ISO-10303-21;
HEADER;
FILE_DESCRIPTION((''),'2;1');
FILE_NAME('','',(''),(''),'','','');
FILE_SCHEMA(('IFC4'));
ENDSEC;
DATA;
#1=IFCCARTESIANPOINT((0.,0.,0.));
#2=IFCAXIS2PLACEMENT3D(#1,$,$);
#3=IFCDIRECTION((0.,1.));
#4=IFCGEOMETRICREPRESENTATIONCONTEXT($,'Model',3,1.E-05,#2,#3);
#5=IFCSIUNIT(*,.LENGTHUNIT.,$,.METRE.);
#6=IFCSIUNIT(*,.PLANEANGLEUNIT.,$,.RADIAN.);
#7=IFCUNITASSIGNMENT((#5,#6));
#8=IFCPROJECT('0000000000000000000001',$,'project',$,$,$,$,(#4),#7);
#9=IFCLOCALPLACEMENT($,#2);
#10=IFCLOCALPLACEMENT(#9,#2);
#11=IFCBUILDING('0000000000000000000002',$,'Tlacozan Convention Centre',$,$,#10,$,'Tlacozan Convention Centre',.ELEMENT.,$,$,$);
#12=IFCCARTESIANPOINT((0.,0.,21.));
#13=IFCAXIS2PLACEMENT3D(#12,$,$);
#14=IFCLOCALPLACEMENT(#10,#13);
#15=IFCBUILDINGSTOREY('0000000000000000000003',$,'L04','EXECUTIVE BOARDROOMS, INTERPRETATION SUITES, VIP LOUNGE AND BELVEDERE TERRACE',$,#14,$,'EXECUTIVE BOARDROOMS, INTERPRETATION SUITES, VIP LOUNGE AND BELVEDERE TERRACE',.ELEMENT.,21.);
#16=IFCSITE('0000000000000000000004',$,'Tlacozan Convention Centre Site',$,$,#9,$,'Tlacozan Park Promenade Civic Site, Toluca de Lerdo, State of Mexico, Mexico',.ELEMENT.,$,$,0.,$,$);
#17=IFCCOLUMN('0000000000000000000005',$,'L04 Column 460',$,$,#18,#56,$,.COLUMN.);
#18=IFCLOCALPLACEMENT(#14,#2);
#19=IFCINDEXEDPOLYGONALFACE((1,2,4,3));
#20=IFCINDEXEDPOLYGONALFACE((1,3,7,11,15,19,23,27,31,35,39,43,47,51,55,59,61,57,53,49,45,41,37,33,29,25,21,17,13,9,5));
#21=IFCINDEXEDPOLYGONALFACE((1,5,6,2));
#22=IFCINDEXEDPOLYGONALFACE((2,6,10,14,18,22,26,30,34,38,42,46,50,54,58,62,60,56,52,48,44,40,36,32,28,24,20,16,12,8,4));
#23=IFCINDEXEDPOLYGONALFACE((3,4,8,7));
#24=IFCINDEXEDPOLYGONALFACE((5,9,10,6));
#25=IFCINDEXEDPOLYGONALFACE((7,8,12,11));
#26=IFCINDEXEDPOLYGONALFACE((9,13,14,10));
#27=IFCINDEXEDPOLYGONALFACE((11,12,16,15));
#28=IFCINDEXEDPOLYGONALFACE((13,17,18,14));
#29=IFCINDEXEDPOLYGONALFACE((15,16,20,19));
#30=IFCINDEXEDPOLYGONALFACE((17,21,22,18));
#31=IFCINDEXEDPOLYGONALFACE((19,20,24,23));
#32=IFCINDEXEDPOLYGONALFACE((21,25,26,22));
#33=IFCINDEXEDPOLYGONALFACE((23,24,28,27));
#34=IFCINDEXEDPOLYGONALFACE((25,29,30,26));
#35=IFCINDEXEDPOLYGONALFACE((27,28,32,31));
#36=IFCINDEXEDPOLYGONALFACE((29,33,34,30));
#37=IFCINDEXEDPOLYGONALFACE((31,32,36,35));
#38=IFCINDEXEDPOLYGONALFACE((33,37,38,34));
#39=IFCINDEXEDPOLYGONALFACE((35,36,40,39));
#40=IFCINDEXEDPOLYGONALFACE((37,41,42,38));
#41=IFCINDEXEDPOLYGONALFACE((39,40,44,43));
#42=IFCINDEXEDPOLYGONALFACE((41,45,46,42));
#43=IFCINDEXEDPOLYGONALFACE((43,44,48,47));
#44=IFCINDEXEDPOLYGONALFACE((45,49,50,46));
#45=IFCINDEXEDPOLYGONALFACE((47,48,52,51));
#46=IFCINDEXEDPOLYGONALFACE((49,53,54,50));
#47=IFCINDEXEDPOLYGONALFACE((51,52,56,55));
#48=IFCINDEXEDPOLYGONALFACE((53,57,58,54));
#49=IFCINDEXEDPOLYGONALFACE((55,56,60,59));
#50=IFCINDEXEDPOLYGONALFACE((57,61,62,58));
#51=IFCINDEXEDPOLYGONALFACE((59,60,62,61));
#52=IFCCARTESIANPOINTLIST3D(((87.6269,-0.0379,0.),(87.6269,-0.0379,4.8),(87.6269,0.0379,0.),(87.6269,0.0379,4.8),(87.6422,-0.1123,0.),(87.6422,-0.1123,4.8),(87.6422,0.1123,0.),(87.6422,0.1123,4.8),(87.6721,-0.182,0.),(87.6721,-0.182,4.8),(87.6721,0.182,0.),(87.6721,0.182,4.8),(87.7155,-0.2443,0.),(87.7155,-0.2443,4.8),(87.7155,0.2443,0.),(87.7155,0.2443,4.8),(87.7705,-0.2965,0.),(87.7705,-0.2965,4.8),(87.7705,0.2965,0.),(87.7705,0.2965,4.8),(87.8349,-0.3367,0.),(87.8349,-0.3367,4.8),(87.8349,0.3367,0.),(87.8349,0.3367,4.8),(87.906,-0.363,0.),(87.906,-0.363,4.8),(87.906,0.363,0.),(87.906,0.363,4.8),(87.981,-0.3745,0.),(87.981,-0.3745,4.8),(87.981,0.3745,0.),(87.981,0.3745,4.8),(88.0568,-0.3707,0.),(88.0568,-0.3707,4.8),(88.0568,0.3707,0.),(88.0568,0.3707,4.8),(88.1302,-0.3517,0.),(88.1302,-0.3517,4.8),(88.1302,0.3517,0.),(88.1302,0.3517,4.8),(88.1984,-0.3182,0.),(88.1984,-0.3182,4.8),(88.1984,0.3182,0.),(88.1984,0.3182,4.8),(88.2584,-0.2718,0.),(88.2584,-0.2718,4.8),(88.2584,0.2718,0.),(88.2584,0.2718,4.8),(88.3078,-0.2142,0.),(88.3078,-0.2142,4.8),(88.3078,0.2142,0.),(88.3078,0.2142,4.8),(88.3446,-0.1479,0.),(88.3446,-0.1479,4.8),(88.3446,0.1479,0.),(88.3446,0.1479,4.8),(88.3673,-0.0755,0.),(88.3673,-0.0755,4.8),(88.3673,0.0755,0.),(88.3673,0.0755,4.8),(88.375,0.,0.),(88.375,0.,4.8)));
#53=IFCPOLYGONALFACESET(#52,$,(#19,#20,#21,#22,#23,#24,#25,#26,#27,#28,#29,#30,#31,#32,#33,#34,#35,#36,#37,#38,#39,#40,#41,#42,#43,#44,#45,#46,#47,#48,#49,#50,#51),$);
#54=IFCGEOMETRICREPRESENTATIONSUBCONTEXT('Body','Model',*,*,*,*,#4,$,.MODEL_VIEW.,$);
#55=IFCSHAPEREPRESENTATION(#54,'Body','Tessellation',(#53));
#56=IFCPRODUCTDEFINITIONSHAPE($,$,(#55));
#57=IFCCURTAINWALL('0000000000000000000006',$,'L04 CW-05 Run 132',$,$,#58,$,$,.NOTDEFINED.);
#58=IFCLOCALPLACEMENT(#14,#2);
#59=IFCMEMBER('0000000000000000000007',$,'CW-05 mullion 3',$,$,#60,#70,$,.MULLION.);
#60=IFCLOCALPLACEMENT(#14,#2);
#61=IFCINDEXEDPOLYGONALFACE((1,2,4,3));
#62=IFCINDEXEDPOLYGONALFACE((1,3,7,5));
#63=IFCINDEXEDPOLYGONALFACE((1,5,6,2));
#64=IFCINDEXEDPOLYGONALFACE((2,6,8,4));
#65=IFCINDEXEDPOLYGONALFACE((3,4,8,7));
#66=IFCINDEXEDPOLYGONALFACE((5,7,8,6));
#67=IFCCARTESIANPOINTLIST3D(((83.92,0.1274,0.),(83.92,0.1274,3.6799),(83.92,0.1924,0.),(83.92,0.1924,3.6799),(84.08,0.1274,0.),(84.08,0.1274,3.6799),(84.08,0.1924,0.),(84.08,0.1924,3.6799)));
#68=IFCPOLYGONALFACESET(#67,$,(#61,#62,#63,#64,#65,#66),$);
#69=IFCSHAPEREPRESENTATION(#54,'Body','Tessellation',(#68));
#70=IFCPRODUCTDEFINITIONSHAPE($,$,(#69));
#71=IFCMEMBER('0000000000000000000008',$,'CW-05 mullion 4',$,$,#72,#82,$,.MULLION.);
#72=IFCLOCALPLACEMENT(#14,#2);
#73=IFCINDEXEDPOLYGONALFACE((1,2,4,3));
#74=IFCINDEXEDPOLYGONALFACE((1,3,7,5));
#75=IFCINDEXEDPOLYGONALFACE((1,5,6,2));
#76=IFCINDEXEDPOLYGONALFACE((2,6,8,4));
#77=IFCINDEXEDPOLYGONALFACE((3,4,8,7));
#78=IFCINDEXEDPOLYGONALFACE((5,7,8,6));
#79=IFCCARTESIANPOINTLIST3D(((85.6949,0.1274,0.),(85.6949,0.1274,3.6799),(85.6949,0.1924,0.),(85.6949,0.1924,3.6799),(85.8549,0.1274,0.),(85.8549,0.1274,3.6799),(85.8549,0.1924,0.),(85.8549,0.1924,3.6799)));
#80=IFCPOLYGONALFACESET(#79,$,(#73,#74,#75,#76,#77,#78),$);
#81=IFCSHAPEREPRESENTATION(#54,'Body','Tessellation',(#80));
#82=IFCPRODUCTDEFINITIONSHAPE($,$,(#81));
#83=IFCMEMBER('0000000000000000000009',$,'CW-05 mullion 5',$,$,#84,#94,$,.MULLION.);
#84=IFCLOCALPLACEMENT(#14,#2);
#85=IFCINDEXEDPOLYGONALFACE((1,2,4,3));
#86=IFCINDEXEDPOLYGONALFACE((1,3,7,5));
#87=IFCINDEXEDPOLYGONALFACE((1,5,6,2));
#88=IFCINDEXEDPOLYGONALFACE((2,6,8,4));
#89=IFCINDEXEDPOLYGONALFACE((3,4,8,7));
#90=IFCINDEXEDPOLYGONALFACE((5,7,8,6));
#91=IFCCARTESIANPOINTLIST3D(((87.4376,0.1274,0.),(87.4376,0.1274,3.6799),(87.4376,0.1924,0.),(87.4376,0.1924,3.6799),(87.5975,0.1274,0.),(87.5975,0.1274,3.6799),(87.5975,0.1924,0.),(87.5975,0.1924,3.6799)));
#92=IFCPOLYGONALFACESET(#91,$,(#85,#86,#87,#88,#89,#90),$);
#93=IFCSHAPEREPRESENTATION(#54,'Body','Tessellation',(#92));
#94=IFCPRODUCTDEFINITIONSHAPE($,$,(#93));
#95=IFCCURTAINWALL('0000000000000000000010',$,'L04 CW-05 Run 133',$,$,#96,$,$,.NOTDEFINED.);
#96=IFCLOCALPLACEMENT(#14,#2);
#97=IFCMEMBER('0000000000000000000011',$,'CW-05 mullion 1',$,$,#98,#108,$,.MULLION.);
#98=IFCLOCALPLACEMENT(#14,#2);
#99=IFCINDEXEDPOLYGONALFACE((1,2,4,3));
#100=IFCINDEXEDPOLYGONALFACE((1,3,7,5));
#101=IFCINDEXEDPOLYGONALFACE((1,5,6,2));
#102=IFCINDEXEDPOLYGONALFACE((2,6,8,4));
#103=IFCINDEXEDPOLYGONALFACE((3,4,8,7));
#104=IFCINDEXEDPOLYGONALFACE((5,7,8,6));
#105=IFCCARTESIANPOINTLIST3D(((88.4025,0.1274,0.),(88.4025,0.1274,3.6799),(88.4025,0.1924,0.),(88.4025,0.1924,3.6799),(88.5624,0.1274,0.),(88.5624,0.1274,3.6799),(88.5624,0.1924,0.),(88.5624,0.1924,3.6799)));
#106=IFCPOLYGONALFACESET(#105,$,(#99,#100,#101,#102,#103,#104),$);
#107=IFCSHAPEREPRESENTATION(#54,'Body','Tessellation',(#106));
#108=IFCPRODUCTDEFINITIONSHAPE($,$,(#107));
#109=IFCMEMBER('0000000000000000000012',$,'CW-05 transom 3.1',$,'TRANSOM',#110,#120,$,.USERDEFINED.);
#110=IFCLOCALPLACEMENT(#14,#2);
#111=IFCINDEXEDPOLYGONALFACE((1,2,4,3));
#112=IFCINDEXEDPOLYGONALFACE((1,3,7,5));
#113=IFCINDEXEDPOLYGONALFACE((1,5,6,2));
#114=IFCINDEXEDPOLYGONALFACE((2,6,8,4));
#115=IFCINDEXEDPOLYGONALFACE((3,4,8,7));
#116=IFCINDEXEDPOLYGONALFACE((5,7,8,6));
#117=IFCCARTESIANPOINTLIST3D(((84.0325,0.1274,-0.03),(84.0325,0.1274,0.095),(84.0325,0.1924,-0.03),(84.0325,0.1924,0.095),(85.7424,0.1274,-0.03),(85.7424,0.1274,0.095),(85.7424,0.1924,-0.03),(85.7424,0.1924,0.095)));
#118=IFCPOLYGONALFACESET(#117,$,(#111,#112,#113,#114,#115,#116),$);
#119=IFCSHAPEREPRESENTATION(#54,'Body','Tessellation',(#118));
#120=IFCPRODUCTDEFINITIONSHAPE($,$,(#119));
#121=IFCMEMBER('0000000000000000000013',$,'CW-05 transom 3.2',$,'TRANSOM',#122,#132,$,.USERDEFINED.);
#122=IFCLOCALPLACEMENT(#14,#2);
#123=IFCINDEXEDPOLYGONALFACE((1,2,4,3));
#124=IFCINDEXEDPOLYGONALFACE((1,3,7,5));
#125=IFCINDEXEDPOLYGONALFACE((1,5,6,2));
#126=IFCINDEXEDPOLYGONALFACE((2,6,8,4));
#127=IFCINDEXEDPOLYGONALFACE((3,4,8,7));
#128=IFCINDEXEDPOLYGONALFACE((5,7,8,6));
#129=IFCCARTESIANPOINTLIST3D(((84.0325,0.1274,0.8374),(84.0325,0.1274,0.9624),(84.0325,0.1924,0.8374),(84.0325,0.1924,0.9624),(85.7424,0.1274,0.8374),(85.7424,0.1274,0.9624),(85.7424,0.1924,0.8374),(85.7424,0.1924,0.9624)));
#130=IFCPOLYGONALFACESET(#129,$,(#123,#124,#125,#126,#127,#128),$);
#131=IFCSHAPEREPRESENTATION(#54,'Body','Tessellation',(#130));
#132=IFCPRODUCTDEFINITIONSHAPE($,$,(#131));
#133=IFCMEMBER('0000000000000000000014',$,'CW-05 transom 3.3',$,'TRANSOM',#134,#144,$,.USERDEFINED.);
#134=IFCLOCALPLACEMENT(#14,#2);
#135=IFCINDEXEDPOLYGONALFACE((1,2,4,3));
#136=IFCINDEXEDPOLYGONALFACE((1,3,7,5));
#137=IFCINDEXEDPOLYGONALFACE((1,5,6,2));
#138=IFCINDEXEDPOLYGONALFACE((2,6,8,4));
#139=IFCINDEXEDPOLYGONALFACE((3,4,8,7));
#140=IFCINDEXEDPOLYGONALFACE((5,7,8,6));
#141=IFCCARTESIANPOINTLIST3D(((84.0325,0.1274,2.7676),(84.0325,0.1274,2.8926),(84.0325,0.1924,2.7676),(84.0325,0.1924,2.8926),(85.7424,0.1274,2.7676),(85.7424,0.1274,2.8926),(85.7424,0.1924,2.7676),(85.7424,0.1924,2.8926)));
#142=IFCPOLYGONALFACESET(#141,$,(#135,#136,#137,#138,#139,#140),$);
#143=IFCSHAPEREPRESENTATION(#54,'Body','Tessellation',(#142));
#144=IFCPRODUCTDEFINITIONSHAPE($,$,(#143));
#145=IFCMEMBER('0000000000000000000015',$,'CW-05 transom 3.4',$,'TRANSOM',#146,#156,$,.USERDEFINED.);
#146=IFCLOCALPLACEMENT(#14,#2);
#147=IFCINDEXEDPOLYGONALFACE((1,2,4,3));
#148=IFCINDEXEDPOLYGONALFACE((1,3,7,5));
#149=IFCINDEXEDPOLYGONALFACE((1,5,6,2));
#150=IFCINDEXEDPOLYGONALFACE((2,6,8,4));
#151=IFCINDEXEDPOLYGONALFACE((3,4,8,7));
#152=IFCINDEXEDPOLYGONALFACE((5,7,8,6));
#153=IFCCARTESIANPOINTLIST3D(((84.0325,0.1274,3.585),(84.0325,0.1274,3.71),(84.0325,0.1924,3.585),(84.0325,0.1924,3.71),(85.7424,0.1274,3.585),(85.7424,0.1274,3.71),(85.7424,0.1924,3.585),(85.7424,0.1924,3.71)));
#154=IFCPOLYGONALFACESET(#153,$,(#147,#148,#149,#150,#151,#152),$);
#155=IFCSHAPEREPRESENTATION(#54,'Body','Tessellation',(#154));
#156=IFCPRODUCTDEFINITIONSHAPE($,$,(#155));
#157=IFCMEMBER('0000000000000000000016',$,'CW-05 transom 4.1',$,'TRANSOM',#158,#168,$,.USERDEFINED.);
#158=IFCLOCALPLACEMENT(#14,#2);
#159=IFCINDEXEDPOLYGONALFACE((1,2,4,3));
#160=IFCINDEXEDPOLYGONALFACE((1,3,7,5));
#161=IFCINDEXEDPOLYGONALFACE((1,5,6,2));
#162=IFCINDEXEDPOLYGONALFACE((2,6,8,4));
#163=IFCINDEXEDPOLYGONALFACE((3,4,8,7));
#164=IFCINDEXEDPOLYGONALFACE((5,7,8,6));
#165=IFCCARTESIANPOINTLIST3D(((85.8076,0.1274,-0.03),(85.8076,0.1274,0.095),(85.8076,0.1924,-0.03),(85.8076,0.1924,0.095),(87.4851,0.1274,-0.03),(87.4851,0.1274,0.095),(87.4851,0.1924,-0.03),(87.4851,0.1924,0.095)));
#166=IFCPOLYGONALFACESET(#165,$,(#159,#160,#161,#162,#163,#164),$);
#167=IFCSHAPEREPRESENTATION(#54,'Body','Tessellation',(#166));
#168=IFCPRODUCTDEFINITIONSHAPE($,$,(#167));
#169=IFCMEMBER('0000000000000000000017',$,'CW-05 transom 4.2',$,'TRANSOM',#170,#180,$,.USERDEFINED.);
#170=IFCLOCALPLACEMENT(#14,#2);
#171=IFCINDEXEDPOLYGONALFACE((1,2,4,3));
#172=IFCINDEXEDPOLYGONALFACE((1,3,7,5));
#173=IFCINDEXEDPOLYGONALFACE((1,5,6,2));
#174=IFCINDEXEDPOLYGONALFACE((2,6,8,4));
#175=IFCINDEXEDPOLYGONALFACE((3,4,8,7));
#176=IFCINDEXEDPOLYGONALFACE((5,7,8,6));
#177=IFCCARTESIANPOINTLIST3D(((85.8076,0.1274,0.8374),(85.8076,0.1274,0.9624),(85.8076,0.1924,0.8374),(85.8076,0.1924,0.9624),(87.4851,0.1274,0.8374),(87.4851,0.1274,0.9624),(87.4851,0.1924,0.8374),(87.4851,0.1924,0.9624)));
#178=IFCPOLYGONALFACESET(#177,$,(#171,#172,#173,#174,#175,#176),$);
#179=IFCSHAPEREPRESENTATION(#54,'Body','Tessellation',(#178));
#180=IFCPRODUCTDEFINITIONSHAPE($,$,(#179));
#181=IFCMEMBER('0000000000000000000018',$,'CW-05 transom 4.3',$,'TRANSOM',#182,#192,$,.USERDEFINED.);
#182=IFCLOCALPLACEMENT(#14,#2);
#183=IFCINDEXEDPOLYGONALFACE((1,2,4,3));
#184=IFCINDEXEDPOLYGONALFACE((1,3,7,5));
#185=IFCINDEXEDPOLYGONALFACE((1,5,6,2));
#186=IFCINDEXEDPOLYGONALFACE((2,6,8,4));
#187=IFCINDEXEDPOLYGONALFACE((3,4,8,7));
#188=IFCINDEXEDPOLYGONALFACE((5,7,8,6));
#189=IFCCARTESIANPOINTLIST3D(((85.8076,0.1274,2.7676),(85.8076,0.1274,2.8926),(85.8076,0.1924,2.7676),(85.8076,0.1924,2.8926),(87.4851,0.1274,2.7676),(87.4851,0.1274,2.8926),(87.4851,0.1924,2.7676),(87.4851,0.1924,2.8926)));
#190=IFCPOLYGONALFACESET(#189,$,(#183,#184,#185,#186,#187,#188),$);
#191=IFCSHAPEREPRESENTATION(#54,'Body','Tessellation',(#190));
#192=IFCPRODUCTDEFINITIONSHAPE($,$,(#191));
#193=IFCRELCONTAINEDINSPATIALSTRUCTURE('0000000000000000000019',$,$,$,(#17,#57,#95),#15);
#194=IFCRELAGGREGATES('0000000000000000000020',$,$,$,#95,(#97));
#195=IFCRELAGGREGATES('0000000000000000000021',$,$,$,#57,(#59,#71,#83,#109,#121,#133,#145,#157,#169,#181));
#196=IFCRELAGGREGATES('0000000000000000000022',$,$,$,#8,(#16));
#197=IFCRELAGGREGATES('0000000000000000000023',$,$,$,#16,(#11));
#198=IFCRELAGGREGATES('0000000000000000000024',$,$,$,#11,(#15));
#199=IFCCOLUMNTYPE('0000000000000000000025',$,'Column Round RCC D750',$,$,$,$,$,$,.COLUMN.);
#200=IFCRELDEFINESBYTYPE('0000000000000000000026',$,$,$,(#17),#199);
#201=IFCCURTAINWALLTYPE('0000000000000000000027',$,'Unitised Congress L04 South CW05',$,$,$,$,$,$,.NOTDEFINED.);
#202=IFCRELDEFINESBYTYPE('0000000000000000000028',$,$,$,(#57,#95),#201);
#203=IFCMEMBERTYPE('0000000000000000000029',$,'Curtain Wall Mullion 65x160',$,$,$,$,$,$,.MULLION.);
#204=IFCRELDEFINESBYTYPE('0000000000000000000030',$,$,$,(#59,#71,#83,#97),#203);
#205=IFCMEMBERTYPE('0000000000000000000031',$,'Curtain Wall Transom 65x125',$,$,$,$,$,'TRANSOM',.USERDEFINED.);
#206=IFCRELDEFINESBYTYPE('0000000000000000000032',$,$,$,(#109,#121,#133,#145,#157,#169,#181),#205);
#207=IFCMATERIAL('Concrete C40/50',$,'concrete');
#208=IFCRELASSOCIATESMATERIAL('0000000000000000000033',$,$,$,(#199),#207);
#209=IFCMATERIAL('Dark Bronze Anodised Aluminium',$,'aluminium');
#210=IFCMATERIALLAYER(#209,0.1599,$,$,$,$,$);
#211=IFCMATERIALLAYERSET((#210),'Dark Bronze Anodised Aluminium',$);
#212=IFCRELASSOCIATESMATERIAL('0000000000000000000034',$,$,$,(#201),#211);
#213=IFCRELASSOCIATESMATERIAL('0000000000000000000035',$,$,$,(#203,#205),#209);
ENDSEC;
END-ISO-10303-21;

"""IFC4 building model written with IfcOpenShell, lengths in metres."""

from ifc_helpers import new_model, si_unit, direction, frame, origin, origin_2d, place, context, subcontext, project, spatial, rectangle, circle, extrude, material, layer, layer_set, material_profile, profile_set, type_object, element, aggregate, save


model = new_model("IFC4")

# Units and contexts
model_context = context("Model", 3, precision=1e-05, world=origin(), true_north=direction((0.0, 1.0)))
body_context = subcontext(model_context, "Body", "Model", "MODEL_VIEW")
ifc_project = project(units=[si_unit("LENGTHUNIT", "METRE"), si_unit("PLANEANGLEUNIT", "RADIAN")], contexts=[model_context])

# Site, building, storey
site_placement = place(None, origin())
site = spatial("IfcSite", under=ifc_project, at=site_placement, Name="Tlacozan Convention Centre Site", LongName="Tlacozan Park Promenade Civic Site, Toluca de Lerdo, State of Mexico, Mexico", CompositionType="ELEMENT", RefElevation=0.0)
building_placement = place(site_placement, origin())
building = spatial("IfcBuilding", under=site, at=building_placement, Name="Tlacozan Convention Centre", LongName="Tlacozan Convention Centre", CompositionType="ELEMENT")
storey_placement = place(building_placement, frame((0.0, 0.0, 21.0)))
storey = spatial("IfcBuildingStorey", under=building, at=storey_placement, Name="L04", Description="EXECUTIVE BOARDROOMS, INTERPRETATION SUITES, VIP LOUNGE AND BELVEDERE TERRACE", LongName="EXECUTIVE BOARDROOMS, INTERPRETATION SUITES, VIP LOUNGE AND BELVEDERE TERRACE", CompositionType="ELEMENT", Elevation=21.0)

# Column
ifc_material_1 = material(Name="Concrete C40/50", Category="concrete")
ifc_material_profile_1 = material_profile(ifc_material_1, circle(Radius=0.375, at=origin_2d()), Name="RCC D750")
ifc_profile_set_1 = profile_set([ifc_material_profile_1], Name="Concrete C40/50")
column_type = type_object("IfcColumnType", Name="Column Round RCC D750", PredefinedType="COLUMN", material=ifc_profile_set_1)
column_placement = place(storey_placement, frame((88.0, 0.0, 0.0), z_axis=(0.0, 0.0, 1.0), x_axis=(1.0, 0.0, 0.0)))
element("IfcColumn", 1, at=column_placement, inside=storey, type_object=column_type, Name="L04 Column 460", PredefinedType="COLUMN", context=body_context, shape_type="SweptSolid", body=[
    extrude(circle(Radius=0.375, at=origin_2d()), origin(), (0.0, 0.0, 1.0), 4.8),
])

# Curtain wall, members
ifc_material_2 = material(Name="Dark Bronze Anodised Aluminium", Category="aluminium")
ifc_layer_1 = layer(ifc_material_2, 0.1599)
ifc_layer_set_1 = layer_set([ifc_layer_1], Name="Dark Bronze Anodised Aluminium")
curtain_wall_type = type_object("IfcCurtainWallType", Name="Unitised Congress L04 South CW05", PredefinedType="NOTDEFINED", material=ifc_layer_set_1)
curtain_wall_1_placement = place(storey_placement, origin())
curtain_wall_1 = element("IfcCurtainWall", 2, at=curtain_wall_1_placement, inside=storey, type_object=curtain_wall_type, Name="L04 CW-05 Run 132", PredefinedType="NOTDEFINED")
ifc_material_profile_2 = material_profile(ifc_material_2, rectangle(XDim=0.0649, YDim=0.1599, at=origin_2d()), Name="ALU 65x160")
ifc_profile_set_2 = profile_set([ifc_material_profile_2], Name="Dark Bronze Anodised Aluminium")
member_type_1 = type_object("IfcMemberType", Name="Curtain Wall Mullion 65x160", PredefinedType="MULLION", material=ifc_profile_set_2)
member_1_placement = place(storey_placement, frame((84.0, 0.1599, 0.0), z_axis=(0.0, 0.0, 1.0), x_axis=(0.0, 1.0, 0.0)))
member_1 = element("IfcMember", 3, at=member_1_placement, type_object=member_type_1, Name="CW-05 mullion 3", PredefinedType="MULLION", context=body_context, shape_type="SweptSolid", body=[
    extrude(rectangle(XDim=0.0649, YDim=0.1599, at=origin_2d()), origin(), (0.0, 0.0, 1.0), 3.6799),
])
member_2_placement = place(storey_placement, frame((85.7749, 0.1599, 0.0), z_axis=(0.0, 0.0, 1.0), x_axis=(0.0, 1.0, 0.0)))
member_2 = element("IfcMember", 4, at=member_2_placement, type_object=member_type_1, Name="CW-05 mullion 4", PredefinedType="MULLION", context=body_context, shape_type="SweptSolid", body=[
    extrude(rectangle(XDim=0.0649, YDim=0.1599, at=origin_2d()), origin(), (0.0, 0.0, 1.0), 3.6799),
])
member_3_placement = place(storey_placement, frame((87.5176, 0.1599, 0.0), z_axis=(0.0, 0.0, 1.0), x_axis=(0.0, 1.0, 0.0)))
member_3 = element("IfcMember", 5, at=member_3_placement, type_object=member_type_1, Name="CW-05 mullion 5", PredefinedType="MULLION", context=body_context, shape_type="SweptSolid", body=[
    extrude(rectangle(XDim=0.0649, YDim=0.1599, at=origin_2d()), origin(), (0.0, 0.0, 1.0), 3.6799),
])

# Curtain wall, member
curtain_wall_2_placement = place(storey_placement, origin())
curtain_wall_2 = element("IfcCurtainWall", 6, at=curtain_wall_2_placement, inside=storey, type_object=curtain_wall_type, Name="L04 CW-05 Run 133", PredefinedType="NOTDEFINED")
member_4_placement = place(storey_placement, frame((88.4824, 0.1599, 0.0), z_axis=(0.0, 0.0, 1.0), x_axis=(0.0, 1.0, 0.0)))
member_4 = element("IfcMember", 7, at=member_4_placement, type_object=member_type_1, Name="CW-05 mullion 1", PredefinedType="MULLION", context=body_context, shape_type="SweptSolid", body=[
    extrude(rectangle(XDim=0.0649, YDim=0.1599, at=origin_2d()), origin(), (0.0, 0.0, 1.0), 3.6799),
])

# Members
ifc_material_profile_3 = material_profile(ifc_material_2, rectangle(XDim=0.0649, YDim=0.125, at=origin_2d()), Name="ALU 65x125")
ifc_profile_set_3 = profile_set([ifc_material_profile_3], Name="Dark Bronze Anodised Aluminium")
member_type_2 = type_object("IfcMemberType", Name="Curtain Wall Transom 65x125", ElementType="TRANSOM", PredefinedType="USERDEFINED", material=ifc_profile_set_3)
member_5_placement = place(storey_placement, frame((84.0325, 0.1599, 0.0325), z_axis=(1.0, 0.0, 0.0), x_axis=(0.0, 1.0, 0.0)))
member_5 = element("IfcMember", 8, at=member_5_placement, type_object=member_type_2, Name="CW-05 transom 3.1", ObjectType="TRANSOM", PredefinedType="USERDEFINED", context=body_context, shape_type="SweptSolid", body=[
    extrude(rectangle(XDim=0.0649, YDim=0.125, at=origin_2d()), origin(), (0.0, 0.0, 1.0), 1.71),
])
member_6_placement = place(storey_placement, frame((84.0325, 0.1599, 0.8999), z_axis=(1.0, 0.0, 0.0), x_axis=(0.0, 1.0, 0.0)))
member_6 = element("IfcMember", 9, at=member_6_placement, type_object=member_type_2, Name="CW-05 transom 3.2", ObjectType="TRANSOM", PredefinedType="USERDEFINED", context=body_context, shape_type="SweptSolid", body=[
    extrude(rectangle(XDim=0.0649, YDim=0.125, at=origin_2d()), origin(), (0.0, 0.0, 1.0), 1.71),
])
member_7_placement = place(storey_placement, frame((84.0325, 0.1599, 2.8301), z_axis=(1.0, 0.0, 0.0), x_axis=(0.0, 1.0, 0.0)))
member_7 = element("IfcMember", 10, at=member_7_placement, type_object=member_type_2, Name="CW-05 transom 3.3", ObjectType="TRANSOM", PredefinedType="USERDEFINED", context=body_context, shape_type="SweptSolid", body=[
    extrude(rectangle(XDim=0.0649, YDim=0.125, at=origin_2d()), origin(), (0.0, 0.0, 1.0), 1.71),
])
member_8_placement = place(storey_placement, frame((84.0325, 0.1599, 3.6475), z_axis=(1.0, 0.0, 0.0), x_axis=(0.0, 1.0, 0.0)))
member_8 = element("IfcMember", 11, at=member_8_placement, type_object=member_type_2, Name="CW-05 transom 3.4", ObjectType="TRANSOM", PredefinedType="USERDEFINED", context=body_context, shape_type="SweptSolid", body=[
    extrude(rectangle(XDim=0.0649, YDim=0.125, at=origin_2d()), origin(), (0.0, 0.0, 1.0), 1.71),
])
member_9_placement = place(storey_placement, frame((85.8076, 0.1599, 0.0325), z_axis=(1.0, 0.0, 0.0), x_axis=(0.0, 1.0, 0.0)))
member_9 = element("IfcMember", 12, at=member_9_placement, type_object=member_type_2, Name="CW-05 transom 4.1", ObjectType="TRANSOM", PredefinedType="USERDEFINED", context=body_context, shape_type="SweptSolid", body=[
    extrude(rectangle(XDim=0.0649, YDim=0.125, at=origin_2d()), origin(), (0.0, 0.0, 1.0), 1.6775),
])
member_10_placement = place(storey_placement, frame((85.8076, 0.1599, 0.8999), z_axis=(1.0, 0.0, 0.0), x_axis=(0.0, 1.0, 0.0)))
member_10 = element("IfcMember", 13, at=member_10_placement, type_object=member_type_2, Name="CW-05 transom 4.2", ObjectType="TRANSOM", PredefinedType="USERDEFINED", context=body_context, shape_type="SweptSolid", body=[
    extrude(rectangle(XDim=0.0649, YDim=0.125, at=origin_2d()), origin(), (0.0, 0.0, 1.0), 1.6775),
])
member_11_placement = place(storey_placement, frame((85.8076, 0.1599, 2.8301), z_axis=(1.0, 0.0, 0.0), x_axis=(0.0, 1.0, 0.0)))
member_11 = element("IfcMember", 14, at=member_11_placement, type_object=member_type_2, Name="CW-05 transom 4.3", ObjectType="TRANSOM", PredefinedType="USERDEFINED", context=body_context, shape_type="SweptSolid", body=[
    extrude(rectangle(XDim=0.0649, YDim=0.125, at=origin_2d()), origin(), (0.0, 0.0, 1.0), 1.6775),
])
aggregate(curtain_wall_2, [member_4])

aggregate(curtain_wall_1, [member_1, member_2, member_3, member_5, member_6, member_7, member_8, member_9, member_10, member_11])

save(model, "model.ifc")
